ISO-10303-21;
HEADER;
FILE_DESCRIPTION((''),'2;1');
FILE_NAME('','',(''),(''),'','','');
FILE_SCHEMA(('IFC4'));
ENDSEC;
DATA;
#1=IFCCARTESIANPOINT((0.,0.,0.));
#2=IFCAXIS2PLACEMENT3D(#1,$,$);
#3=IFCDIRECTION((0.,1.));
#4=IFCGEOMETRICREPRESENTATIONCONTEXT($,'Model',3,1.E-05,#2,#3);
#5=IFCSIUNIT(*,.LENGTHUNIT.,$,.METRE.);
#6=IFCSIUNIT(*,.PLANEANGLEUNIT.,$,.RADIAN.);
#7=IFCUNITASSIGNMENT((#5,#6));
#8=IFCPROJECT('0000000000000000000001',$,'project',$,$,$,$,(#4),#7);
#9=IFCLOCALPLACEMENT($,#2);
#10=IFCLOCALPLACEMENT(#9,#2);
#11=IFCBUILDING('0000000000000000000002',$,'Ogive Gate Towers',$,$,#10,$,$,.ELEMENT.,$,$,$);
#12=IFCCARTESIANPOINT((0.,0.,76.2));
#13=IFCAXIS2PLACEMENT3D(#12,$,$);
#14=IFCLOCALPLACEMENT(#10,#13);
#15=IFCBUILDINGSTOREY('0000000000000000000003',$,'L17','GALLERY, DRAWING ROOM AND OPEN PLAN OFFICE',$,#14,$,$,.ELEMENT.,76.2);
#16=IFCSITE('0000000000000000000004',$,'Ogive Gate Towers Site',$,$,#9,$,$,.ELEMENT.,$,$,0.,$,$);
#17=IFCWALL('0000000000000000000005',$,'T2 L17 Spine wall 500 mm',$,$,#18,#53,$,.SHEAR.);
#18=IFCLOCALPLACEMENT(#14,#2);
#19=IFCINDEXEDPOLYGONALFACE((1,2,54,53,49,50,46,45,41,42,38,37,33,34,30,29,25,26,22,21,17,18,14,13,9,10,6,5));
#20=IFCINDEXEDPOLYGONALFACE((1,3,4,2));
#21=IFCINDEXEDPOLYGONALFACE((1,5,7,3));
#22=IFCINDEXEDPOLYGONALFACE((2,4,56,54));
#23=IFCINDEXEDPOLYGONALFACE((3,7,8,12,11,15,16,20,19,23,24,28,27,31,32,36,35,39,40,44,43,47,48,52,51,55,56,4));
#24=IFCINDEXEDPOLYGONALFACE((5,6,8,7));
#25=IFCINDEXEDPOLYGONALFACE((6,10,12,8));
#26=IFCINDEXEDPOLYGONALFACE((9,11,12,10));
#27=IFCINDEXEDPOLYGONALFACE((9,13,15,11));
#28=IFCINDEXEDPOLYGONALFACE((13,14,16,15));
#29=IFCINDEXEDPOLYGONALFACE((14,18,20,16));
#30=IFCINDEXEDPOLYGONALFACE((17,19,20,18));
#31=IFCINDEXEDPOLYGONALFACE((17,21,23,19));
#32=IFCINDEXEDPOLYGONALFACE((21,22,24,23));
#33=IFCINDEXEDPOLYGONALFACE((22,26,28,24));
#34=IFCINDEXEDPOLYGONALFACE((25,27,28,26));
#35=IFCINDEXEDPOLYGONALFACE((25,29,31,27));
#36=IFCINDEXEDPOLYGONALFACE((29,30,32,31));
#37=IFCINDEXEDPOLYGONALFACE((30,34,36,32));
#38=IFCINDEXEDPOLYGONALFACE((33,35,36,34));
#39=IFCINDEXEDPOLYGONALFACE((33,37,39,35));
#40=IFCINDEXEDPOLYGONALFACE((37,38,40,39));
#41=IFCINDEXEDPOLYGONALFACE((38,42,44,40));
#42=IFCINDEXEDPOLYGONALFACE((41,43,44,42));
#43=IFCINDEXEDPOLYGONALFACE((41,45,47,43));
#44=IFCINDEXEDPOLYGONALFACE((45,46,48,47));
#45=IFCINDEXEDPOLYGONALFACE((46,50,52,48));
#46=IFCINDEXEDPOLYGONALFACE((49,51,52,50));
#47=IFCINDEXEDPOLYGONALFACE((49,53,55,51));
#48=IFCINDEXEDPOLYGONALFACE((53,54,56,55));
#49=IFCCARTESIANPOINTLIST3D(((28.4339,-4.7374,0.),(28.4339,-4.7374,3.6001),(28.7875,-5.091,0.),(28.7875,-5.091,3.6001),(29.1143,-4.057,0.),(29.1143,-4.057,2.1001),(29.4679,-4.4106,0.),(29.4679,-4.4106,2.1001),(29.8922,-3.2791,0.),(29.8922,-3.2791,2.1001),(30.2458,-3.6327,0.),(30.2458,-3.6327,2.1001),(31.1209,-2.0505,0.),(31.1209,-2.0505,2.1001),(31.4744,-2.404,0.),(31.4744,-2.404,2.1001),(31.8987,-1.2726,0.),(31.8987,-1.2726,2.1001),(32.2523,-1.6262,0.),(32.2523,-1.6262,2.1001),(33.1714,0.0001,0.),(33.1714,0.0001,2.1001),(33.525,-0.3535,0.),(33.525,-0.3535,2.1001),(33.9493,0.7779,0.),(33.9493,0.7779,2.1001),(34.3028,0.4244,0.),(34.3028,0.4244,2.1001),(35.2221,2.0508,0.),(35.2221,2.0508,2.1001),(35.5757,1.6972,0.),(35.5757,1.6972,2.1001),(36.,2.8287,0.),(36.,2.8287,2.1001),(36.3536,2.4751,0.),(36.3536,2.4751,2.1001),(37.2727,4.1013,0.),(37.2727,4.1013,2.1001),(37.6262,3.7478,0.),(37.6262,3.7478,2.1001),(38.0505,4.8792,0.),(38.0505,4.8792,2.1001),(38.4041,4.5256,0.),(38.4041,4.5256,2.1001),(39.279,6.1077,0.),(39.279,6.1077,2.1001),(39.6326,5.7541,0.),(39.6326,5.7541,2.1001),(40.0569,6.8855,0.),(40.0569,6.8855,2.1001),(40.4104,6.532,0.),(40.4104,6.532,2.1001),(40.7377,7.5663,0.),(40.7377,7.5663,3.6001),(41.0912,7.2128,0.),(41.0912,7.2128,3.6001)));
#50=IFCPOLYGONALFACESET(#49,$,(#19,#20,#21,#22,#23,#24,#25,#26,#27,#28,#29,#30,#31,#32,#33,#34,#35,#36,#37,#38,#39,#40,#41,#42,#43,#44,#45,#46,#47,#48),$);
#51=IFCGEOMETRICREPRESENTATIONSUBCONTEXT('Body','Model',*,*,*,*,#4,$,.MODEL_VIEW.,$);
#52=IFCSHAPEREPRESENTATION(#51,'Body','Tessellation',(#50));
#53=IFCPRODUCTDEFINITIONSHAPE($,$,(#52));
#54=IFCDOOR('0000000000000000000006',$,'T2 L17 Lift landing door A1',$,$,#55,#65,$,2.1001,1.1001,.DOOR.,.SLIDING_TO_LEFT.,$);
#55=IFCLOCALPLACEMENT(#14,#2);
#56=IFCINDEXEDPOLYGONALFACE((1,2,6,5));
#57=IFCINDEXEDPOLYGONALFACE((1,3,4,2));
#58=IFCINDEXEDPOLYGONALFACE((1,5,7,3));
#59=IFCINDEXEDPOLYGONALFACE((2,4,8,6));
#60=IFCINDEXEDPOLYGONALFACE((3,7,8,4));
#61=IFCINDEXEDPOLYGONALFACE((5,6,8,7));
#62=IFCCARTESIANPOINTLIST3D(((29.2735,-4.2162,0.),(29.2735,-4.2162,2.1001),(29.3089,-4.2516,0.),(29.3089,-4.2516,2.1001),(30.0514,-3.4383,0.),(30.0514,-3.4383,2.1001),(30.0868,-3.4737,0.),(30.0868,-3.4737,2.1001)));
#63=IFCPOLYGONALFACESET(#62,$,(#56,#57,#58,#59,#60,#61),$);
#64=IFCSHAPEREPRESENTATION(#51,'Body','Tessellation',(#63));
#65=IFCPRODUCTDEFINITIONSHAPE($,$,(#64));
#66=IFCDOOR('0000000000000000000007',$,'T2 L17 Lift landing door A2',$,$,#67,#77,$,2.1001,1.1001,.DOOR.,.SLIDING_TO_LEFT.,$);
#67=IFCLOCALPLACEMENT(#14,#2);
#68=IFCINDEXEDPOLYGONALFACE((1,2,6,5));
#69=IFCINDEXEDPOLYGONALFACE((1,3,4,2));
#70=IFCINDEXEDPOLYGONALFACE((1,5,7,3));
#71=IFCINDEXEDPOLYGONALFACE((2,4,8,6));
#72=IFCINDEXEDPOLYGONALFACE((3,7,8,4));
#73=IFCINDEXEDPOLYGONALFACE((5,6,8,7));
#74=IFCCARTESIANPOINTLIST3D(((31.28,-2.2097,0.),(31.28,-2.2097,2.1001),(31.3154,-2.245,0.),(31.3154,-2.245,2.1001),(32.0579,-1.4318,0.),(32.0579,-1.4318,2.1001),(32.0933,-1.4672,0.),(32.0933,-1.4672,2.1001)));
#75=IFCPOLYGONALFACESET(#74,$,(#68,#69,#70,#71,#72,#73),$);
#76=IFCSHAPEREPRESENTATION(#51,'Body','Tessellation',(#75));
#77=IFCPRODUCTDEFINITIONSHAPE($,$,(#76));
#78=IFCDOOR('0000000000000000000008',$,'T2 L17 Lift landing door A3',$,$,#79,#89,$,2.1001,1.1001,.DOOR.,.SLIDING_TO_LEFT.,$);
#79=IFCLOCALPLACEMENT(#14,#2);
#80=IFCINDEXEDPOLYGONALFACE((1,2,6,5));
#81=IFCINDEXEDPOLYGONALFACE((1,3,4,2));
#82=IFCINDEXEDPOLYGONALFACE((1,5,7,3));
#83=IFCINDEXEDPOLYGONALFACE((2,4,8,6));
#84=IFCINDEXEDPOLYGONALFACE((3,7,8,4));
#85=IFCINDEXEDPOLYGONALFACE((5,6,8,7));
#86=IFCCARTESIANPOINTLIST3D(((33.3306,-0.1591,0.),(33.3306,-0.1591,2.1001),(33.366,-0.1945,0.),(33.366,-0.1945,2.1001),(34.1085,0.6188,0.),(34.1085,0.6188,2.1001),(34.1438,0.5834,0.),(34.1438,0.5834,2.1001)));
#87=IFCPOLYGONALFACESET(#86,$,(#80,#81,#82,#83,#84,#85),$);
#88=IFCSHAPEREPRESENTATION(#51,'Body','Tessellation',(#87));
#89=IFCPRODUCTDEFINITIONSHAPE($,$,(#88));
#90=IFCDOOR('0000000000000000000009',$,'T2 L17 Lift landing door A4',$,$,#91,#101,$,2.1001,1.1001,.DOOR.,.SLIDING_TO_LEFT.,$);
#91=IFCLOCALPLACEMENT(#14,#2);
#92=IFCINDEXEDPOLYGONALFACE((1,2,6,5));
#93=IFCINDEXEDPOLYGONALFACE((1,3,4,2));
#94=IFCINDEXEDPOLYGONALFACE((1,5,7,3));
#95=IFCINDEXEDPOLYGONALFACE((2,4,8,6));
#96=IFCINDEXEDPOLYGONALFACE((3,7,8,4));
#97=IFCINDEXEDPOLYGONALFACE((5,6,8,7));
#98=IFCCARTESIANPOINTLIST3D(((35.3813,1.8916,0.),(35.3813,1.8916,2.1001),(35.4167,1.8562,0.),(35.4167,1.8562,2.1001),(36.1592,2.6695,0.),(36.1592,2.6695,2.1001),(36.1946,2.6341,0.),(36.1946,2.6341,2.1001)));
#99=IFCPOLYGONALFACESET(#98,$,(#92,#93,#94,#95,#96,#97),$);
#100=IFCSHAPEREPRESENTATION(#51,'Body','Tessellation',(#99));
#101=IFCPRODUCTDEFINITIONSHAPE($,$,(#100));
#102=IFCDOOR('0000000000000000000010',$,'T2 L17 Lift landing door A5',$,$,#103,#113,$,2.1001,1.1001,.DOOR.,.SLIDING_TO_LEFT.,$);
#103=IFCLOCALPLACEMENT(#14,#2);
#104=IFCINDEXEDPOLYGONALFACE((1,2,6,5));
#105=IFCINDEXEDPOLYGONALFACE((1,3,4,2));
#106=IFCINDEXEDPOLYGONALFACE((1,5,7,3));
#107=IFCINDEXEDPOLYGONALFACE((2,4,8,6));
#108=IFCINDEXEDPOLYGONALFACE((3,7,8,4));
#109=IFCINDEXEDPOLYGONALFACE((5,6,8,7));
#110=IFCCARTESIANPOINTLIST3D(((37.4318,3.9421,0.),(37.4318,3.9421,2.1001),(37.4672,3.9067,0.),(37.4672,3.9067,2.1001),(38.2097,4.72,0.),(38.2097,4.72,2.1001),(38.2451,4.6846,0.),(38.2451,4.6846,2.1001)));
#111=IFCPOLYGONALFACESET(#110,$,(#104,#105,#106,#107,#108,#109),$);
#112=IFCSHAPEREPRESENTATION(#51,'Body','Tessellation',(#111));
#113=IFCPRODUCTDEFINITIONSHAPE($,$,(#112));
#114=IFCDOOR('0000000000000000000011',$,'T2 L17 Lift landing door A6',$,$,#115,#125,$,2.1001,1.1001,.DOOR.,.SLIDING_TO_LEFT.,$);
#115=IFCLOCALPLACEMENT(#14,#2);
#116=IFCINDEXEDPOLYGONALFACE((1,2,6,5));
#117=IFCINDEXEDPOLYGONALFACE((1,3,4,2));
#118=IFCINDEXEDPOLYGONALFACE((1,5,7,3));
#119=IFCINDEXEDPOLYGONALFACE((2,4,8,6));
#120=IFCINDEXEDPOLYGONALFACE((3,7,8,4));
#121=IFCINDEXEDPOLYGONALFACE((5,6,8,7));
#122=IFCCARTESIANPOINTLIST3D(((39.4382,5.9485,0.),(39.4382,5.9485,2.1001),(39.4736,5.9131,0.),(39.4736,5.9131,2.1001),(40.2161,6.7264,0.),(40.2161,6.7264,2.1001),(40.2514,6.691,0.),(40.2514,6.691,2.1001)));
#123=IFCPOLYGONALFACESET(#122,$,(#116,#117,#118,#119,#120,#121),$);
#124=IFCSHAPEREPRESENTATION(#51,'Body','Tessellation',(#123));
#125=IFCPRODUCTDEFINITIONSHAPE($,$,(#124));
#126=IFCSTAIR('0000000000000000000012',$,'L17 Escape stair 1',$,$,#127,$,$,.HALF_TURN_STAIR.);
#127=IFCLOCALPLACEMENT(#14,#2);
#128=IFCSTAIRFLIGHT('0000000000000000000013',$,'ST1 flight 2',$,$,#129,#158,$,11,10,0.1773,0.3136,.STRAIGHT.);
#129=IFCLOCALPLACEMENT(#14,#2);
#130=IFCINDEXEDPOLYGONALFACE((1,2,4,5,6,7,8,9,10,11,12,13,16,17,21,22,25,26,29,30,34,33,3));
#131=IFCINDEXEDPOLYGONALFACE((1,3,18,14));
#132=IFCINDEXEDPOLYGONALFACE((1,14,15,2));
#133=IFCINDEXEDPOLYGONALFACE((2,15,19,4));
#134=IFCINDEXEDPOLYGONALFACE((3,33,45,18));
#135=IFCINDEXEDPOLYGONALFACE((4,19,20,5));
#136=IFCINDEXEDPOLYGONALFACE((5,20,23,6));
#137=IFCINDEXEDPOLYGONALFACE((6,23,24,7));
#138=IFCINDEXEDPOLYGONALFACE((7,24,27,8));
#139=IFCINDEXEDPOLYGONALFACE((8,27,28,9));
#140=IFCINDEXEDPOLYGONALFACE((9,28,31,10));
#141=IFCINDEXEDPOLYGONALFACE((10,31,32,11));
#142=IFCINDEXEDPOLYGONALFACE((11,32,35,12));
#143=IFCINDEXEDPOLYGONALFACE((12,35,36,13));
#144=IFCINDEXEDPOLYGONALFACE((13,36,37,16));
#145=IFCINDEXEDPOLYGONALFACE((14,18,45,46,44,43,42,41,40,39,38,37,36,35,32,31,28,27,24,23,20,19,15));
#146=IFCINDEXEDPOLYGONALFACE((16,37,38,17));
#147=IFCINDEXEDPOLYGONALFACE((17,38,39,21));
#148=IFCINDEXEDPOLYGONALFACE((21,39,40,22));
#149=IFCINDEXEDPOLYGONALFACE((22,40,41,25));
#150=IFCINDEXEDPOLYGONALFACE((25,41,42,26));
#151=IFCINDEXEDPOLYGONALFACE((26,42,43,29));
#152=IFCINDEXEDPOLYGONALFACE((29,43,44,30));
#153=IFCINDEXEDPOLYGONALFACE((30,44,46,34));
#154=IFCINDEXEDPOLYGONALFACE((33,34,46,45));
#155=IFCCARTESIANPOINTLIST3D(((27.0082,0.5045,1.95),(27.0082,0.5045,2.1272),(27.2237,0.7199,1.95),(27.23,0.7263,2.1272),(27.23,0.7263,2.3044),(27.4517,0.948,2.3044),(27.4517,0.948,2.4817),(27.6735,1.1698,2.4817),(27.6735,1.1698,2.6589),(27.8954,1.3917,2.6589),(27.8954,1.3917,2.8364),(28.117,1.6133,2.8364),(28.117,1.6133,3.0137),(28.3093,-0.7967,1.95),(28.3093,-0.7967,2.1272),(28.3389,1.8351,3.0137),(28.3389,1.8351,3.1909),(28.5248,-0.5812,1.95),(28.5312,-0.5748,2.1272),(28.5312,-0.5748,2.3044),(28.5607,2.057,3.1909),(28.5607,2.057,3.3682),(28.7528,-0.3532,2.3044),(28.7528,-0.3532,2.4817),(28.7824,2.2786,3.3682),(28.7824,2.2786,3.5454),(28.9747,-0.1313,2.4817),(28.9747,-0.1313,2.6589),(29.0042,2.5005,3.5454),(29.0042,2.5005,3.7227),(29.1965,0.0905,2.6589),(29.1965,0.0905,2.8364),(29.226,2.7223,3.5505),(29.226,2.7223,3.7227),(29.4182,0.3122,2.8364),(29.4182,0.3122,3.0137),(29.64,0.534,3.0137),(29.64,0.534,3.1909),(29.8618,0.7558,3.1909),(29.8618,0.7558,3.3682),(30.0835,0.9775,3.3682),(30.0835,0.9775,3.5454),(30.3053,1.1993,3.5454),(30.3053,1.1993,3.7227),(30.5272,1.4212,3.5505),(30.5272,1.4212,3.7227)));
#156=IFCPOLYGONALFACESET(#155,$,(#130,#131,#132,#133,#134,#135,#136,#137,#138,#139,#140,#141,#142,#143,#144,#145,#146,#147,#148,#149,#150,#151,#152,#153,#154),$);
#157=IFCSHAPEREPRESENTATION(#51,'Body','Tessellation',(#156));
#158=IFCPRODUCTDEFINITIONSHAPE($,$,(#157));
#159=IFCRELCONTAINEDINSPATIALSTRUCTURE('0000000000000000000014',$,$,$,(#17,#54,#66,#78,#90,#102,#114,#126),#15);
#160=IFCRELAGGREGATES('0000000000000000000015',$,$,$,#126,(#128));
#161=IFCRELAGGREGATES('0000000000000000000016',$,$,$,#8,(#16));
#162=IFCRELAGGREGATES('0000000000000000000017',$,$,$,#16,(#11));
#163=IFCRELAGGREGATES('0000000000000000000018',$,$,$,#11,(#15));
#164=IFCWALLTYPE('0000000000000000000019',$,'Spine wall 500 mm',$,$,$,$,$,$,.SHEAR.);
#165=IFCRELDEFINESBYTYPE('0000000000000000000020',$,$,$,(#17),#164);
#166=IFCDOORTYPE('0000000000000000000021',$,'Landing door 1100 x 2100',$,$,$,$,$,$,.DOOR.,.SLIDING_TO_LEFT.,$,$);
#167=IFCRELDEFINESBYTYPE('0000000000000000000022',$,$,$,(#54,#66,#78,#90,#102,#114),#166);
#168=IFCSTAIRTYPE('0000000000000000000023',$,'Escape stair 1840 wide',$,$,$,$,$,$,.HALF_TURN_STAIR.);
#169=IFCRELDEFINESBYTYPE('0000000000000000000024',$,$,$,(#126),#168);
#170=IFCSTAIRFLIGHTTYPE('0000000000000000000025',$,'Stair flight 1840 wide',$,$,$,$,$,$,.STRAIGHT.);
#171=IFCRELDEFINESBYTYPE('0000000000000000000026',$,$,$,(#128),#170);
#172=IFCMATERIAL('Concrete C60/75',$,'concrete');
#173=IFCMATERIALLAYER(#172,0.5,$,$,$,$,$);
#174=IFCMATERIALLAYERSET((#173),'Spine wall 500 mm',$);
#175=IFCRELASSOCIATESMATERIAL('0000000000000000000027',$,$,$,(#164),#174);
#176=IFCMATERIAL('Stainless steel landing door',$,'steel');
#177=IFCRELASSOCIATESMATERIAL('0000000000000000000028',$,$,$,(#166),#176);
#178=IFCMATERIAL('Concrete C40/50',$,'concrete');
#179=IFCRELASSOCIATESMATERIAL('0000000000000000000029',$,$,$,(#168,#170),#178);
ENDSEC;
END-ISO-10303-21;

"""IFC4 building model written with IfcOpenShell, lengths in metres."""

from ifc_helpers import new_model, si_unit, direction, frame, frame_2d, origin, place, context, subcontext, project, spatial, polyline, rectangle, outline, extrude, material, layer, layer_set, type_object, element, fill, aggregate, save


model = new_model("IFC4")

# Units and contexts
model_context = context("Model", 3, precision=1e-05, world=origin(), true_north=direction((0.0, 1.0)))
body_context = subcontext(model_context, "Body", "Model", "MODEL_VIEW")
ifc_project = project(units=[si_unit("LENGTHUNIT", "METRE"), si_unit("PLANEANGLEUNIT", "RADIAN")], contexts=[model_context])

# Site, building, storey
site_placement = place(None, origin())
site = spatial("IfcSite", under=ifc_project, at=site_placement, Name="Ogive Gate Towers Site", CompositionType="ELEMENT", RefElevation=0.0)
building_placement = place(site_placement, origin())
building = spatial("IfcBuilding", under=site, at=building_placement, Name="Ogive Gate Towers", CompositionType="ELEMENT")
storey_placement = place(building_placement, frame((0.0, 0.0, 76.2)))
storey = spatial("IfcBuildingStorey", under=building, at=storey_placement, Name="L17", Description="GALLERY, DRAWING ROOM AND OPEN PLAN OFFICE", CompositionType="ELEMENT", Elevation=76.2)

# Shared definitions
ifc_material_1 = material(Name="Concrete C60/75", Category="concrete")

# Wall, openings, doors
ifc_layer_1 = layer(ifc_material_1, 0.5)
ifc_layer_set_1 = layer_set([ifc_layer_1], Name="Spine wall 500 mm")
wall_type_1 = type_object("IfcWallType", Name="Spine wall 500 mm", PredefinedType="SHEAR", material=ifc_layer_set_1)
ifc_material_2 = material(Name="Stainless steel landing door", Category="steel")
wall_1_placement = place(storey_placement, frame((28.6106, -4.9143, 0.0), z_axis=(0.0, 0.0, 1.0), x_axis=(0.707107, 0.707107, 0.0)))
wall_1 = element("IfcWall", 1, at=wall_1_placement, inside=storey, type_object=wall_type_1, Name="T2 L17 Spine wall 500 mm", PredefinedType="SHEAR", context=body_context, shape_type="SweptSolid", body=[
    extrude(rectangle(XDim=17.4001, YDim=0.5, at=frame_2d((8.7002, 0.0))), origin(), (0.0, 0.0, 1.0), 3.6001),
])
opening_1_placement = place(wall_1_placement, frame((0.9624, 0.0, 0.0)))
opening_1 = element("IfcOpeningElement", 2, at=opening_1_placement, cuts=wall_1, PredefinedType="OPENING", context=body_context, shape_type="SweptSolid", body=[
    extrude(rectangle(XDim=1.1001, YDim=2.1001, at=frame_2d((0.55, 1.05))), frame((0.0, 0.26, 0.0), z_axis=(0.0, -1.0, 0.0), x_axis=(1.0, 0.0, 0.0)), (0.0, 0.0, 1.0), 0.52),
])
opening_2_placement = place(wall_1_placement, frame((3.8, 0.0, 0.0)))
opening_2 = element("IfcOpeningElement", 3, at=opening_2_placement, cuts=wall_1, PredefinedType="OPENING", context=body_context, shape_type="SweptSolid", body=[
    extrude(rectangle(XDim=1.1001, YDim=2.1001, at=frame_2d((0.55, 1.05))), frame((0.0, 0.26, 0.0), z_axis=(0.0, -1.0, 0.0), x_axis=(1.0, 0.0, 0.0)), (0.0, 0.0, 1.0), 0.52),
])
opening_3_placement = place(wall_1_placement, frame((6.7, 0.0, 0.0)))
opening_3 = element("IfcOpeningElement", 4, at=opening_3_placement, cuts=wall_1, PredefinedType="OPENING", context=body_context, shape_type="SweptSolid", body=[
    extrude(rectangle(XDim=1.1001, YDim=2.1001, at=frame_2d((0.55, 1.05))), frame((0.0, 0.26, 0.0), z_axis=(0.0, -1.0, 0.0), x_axis=(1.0, 0.0, 0.0)), (0.0, 0.0, 1.0), 0.52),
])
opening_4_placement = place(wall_1_placement, frame((9.6001, 0.0, 0.0)))
opening_4 = element("IfcOpeningElement", 5, at=opening_4_placement, cuts=wall_1, PredefinedType="OPENING", context=body_context, shape_type="SweptSolid", body=[
    extrude(rectangle(XDim=1.1001, YDim=2.1001, at=frame_2d((0.55, 1.05))), frame((0.0, 0.26, 0.0), z_axis=(0.0, -1.0, 0.0), x_axis=(1.0, 0.0, 0.0)), (0.0, 0.0, 1.0), 0.52),
])
opening_5_placement = place(wall_1_placement, frame((12.5, 0.0, 0.0)))
opening_5 = element("IfcOpeningElement", 6, at=opening_5_placement, cuts=wall_1, PredefinedType="OPENING", context=body_context, shape_type="SweptSolid", body=[
    extrude(rectangle(XDim=1.1001, YDim=2.1001, at=frame_2d((0.55, 1.05))), frame((0.0, 0.26, 0.0), z_axis=(0.0, -1.0, 0.0), x_axis=(1.0, 0.0, 0.0)), (0.0, 0.0, 1.0), 0.52),
])
opening_6_placement = place(wall_1_placement, frame((15.3374, 0.0, 0.0)))
opening_6 = element("IfcOpeningElement", 7, at=opening_6_placement, cuts=wall_1, PredefinedType="OPENING", context=body_context, shape_type="SweptSolid", body=[
    extrude(rectangle(XDim=1.1001, YDim=2.1001, at=frame_2d((0.55, 1.05))), frame((0.0, 0.26, 0.0), z_axis=(0.0, -1.0, 0.0), x_axis=(1.0, 0.0, 0.0)), (0.0, 0.0, 1.0), 0.52),
])
door_type_1 = type_object("IfcDoorType", Name="Landing door 1100 x 2100", OperationType="SLIDING_TO_LEFT", PredefinedType="DOOR", material=ifc_material_2)
door_1_placement = place(opening_1_placement, origin())
door_1 = element("IfcDoor", 8, at=door_1_placement, inside=storey, type_object=door_type_1, Name="T2 L17 Lift landing door A1", OperationType="SLIDING_TO_LEFT", OverallHeight=2.1001, OverallWidth=1.1001, PredefinedType="DOOR", context=body_context, shape_type="SweptSolid", body=[
    extrude(rectangle(XDim=1.1001, YDim=2.1001, at=frame_2d((0.55, 1.05))), frame((0.0, 0.0249, 0.0), z_axis=(0.0, -1.0, 0.0), x_axis=(1.0, 0.0, 0.0)), (0.0, 0.0, 1.0), 0.05),
])
fill(opening_1, door_1)
door_2_placement = place(opening_2_placement, origin())
door_2 = element("IfcDoor", 9, at=door_2_placement, inside=storey, type_object=door_type_1, Name="T2 L17 Lift landing door A2", OperationType="SLIDING_TO_LEFT", OverallHeight=2.1001, OverallWidth=1.1001, PredefinedType="DOOR", context=body_context, shape_type="SweptSolid", body=[
    extrude(rectangle(XDim=1.1001, YDim=2.1001, at=frame_2d((0.55, 1.05))), frame((0.0, 0.0249, 0.0), z_axis=(0.0, -1.0, 0.0), x_axis=(1.0, 0.0, 0.0)), (0.0, 0.0, 1.0), 0.05),
])
fill(opening_2, door_2)
door_3_placement = place(opening_3_placement, origin())
door_3 = element("IfcDoor", 10, at=door_3_placement, inside=storey, type_object=door_type_1, Name="T2 L17 Lift landing door A3", OperationType="SLIDING_TO_LEFT", OverallHeight=2.1001, OverallWidth=1.1001, PredefinedType="DOOR", context=body_context, shape_type="SweptSolid", body=[
    extrude(rectangle(XDim=1.1001, YDim=2.1001, at=frame_2d((0.55, 1.05))), frame((0.0, 0.0249, 0.0), z_axis=(0.0, -1.0, 0.0), x_axis=(1.0, 0.0, 0.0)), (0.0, 0.0, 1.0), 0.05),
])
fill(opening_3, door_3)
door_4_placement = place(opening_4_placement, origin())
door_4 = element("IfcDoor", 11, at=door_4_placement, inside=storey, type_object=door_type_1, Name="T2 L17 Lift landing door A4", OperationType="SLIDING_TO_LEFT", OverallHeight=2.1001, OverallWidth=1.1001, PredefinedType="DOOR", context=body_context, shape_type="SweptSolid", body=[
    extrude(rectangle(XDim=1.1001, YDim=2.1001, at=frame_2d((0.55, 1.05))), frame((0.0, 0.0249, 0.0), z_axis=(0.0, -1.0, 0.0), x_axis=(1.0, 0.0, 0.0)), (0.0, 0.0, 1.0), 0.05),
])
fill(opening_4, door_4)
door_5_placement = place(opening_5_placement, origin())
door_5 = element("IfcDoor", 12, at=door_5_placement, inside=storey, type_object=door_type_1, Name="T2 L17 Lift landing door A5", OperationType="SLIDING_TO_LEFT", OverallHeight=2.1001, OverallWidth=1.1001, PredefinedType="DOOR", context=body_context, shape_type="SweptSolid", body=[
    extrude(rectangle(XDim=1.1001, YDim=2.1001, at=frame_2d((0.55, 1.05))), frame((0.0, 0.0249, 0.0), z_axis=(0.0, -1.0, 0.0), x_axis=(1.0, 0.0, 0.0)), (0.0, 0.0, 1.0), 0.05),
])
fill(opening_5, door_5)
door_6_placement = place(opening_6_placement, origin())
door_6 = element("IfcDoor", 13, at=door_6_placement, inside=storey, type_object=door_type_1, Name="T2 L17 Lift landing door A6", OperationType="SLIDING_TO_LEFT", OverallHeight=2.1001, OverallWidth=1.1001, PredefinedType="DOOR", context=body_context, shape_type="SweptSolid", body=[
    extrude(rectangle(XDim=1.1001, YDim=2.1001, at=frame_2d((0.55, 1.05))), frame((0.0, 0.0249, 0.0), z_axis=(0.0, -1.0, 0.0), x_axis=(1.0, 0.0, 0.0)), (0.0, 0.0, 1.0), 0.05),
])
fill(opening_6, door_6)

# Stair, stair flight
ifc_material_3 = material(Name="Concrete C40/50", Category="concrete")
stair_type = type_object("IfcStairType", Name="Escape stair 1840 wide", PredefinedType="HALF_TURN_STAIR", material=ifc_material_3)
stair_placement = place(storey_placement, origin())
stair = element("IfcStair", 14, at=stair_placement, inside=storey, type_object=stair_type, Name="L17 Escape stair 1", PredefinedType="HALF_TURN_STAIR")
stair_flight_type = type_object("IfcStairFlightType", Name="Stair flight 1840 wide", PredefinedType="STRAIGHT", material=ifc_material_3)
stair_flight_placement = place(storey_placement, frame((27.6587, -0.146, 1.95), z_axis=(0.0, 0.0, 1.0), x_axis=(0.707107, 0.707107, 0.0)))
stair_flight = element("IfcStairFlight", 15, at=stair_flight_placement, type_object=stair_flight_type, Name="ST1 flight 2", NumberOfRisers=11, NumberOfTreads=10, PredefinedType="STRAIGHT", RiserHeight=0.1773, TreadLength=0.3136, context=body_context, shape_type="SweptSolid", body=[
    extrude(outline(polyline([(0.0, 0.0), (0.0, 0.1772), (0.3137, 0.1772), (0.3137, 0.3545), (0.6272, 0.3545), (0.6272, 0.5317), (0.9409, 0.5317), (0.9409, 0.709), (1.2546, 0.709), (1.2546, 0.8865), (1.5681, 0.8865), (1.5681, 1.0637), (1.8818, 1.0637), (1.8818, 1.241), (2.1956, 1.241), (2.1956, 1.4182), (2.509, 1.4182), (2.509, 1.5955), (2.8228, 1.5955), (2.8228, 1.7727), (3.1365, 1.7727), (3.1365, 1.95), (3.1365, 1.6006), (0.3047, 0.0), (0.0, 0.0)])), frame((0.0, 0.9199, 0.0), z_axis=(0.0, -1.0, 0.0), x_axis=(1.0, 0.0, 0.0)), (0.0, 0.0, 1.0), 1.8401),
])
aggregate(stair, [stair_flight])

save(model, "model.ifc")
